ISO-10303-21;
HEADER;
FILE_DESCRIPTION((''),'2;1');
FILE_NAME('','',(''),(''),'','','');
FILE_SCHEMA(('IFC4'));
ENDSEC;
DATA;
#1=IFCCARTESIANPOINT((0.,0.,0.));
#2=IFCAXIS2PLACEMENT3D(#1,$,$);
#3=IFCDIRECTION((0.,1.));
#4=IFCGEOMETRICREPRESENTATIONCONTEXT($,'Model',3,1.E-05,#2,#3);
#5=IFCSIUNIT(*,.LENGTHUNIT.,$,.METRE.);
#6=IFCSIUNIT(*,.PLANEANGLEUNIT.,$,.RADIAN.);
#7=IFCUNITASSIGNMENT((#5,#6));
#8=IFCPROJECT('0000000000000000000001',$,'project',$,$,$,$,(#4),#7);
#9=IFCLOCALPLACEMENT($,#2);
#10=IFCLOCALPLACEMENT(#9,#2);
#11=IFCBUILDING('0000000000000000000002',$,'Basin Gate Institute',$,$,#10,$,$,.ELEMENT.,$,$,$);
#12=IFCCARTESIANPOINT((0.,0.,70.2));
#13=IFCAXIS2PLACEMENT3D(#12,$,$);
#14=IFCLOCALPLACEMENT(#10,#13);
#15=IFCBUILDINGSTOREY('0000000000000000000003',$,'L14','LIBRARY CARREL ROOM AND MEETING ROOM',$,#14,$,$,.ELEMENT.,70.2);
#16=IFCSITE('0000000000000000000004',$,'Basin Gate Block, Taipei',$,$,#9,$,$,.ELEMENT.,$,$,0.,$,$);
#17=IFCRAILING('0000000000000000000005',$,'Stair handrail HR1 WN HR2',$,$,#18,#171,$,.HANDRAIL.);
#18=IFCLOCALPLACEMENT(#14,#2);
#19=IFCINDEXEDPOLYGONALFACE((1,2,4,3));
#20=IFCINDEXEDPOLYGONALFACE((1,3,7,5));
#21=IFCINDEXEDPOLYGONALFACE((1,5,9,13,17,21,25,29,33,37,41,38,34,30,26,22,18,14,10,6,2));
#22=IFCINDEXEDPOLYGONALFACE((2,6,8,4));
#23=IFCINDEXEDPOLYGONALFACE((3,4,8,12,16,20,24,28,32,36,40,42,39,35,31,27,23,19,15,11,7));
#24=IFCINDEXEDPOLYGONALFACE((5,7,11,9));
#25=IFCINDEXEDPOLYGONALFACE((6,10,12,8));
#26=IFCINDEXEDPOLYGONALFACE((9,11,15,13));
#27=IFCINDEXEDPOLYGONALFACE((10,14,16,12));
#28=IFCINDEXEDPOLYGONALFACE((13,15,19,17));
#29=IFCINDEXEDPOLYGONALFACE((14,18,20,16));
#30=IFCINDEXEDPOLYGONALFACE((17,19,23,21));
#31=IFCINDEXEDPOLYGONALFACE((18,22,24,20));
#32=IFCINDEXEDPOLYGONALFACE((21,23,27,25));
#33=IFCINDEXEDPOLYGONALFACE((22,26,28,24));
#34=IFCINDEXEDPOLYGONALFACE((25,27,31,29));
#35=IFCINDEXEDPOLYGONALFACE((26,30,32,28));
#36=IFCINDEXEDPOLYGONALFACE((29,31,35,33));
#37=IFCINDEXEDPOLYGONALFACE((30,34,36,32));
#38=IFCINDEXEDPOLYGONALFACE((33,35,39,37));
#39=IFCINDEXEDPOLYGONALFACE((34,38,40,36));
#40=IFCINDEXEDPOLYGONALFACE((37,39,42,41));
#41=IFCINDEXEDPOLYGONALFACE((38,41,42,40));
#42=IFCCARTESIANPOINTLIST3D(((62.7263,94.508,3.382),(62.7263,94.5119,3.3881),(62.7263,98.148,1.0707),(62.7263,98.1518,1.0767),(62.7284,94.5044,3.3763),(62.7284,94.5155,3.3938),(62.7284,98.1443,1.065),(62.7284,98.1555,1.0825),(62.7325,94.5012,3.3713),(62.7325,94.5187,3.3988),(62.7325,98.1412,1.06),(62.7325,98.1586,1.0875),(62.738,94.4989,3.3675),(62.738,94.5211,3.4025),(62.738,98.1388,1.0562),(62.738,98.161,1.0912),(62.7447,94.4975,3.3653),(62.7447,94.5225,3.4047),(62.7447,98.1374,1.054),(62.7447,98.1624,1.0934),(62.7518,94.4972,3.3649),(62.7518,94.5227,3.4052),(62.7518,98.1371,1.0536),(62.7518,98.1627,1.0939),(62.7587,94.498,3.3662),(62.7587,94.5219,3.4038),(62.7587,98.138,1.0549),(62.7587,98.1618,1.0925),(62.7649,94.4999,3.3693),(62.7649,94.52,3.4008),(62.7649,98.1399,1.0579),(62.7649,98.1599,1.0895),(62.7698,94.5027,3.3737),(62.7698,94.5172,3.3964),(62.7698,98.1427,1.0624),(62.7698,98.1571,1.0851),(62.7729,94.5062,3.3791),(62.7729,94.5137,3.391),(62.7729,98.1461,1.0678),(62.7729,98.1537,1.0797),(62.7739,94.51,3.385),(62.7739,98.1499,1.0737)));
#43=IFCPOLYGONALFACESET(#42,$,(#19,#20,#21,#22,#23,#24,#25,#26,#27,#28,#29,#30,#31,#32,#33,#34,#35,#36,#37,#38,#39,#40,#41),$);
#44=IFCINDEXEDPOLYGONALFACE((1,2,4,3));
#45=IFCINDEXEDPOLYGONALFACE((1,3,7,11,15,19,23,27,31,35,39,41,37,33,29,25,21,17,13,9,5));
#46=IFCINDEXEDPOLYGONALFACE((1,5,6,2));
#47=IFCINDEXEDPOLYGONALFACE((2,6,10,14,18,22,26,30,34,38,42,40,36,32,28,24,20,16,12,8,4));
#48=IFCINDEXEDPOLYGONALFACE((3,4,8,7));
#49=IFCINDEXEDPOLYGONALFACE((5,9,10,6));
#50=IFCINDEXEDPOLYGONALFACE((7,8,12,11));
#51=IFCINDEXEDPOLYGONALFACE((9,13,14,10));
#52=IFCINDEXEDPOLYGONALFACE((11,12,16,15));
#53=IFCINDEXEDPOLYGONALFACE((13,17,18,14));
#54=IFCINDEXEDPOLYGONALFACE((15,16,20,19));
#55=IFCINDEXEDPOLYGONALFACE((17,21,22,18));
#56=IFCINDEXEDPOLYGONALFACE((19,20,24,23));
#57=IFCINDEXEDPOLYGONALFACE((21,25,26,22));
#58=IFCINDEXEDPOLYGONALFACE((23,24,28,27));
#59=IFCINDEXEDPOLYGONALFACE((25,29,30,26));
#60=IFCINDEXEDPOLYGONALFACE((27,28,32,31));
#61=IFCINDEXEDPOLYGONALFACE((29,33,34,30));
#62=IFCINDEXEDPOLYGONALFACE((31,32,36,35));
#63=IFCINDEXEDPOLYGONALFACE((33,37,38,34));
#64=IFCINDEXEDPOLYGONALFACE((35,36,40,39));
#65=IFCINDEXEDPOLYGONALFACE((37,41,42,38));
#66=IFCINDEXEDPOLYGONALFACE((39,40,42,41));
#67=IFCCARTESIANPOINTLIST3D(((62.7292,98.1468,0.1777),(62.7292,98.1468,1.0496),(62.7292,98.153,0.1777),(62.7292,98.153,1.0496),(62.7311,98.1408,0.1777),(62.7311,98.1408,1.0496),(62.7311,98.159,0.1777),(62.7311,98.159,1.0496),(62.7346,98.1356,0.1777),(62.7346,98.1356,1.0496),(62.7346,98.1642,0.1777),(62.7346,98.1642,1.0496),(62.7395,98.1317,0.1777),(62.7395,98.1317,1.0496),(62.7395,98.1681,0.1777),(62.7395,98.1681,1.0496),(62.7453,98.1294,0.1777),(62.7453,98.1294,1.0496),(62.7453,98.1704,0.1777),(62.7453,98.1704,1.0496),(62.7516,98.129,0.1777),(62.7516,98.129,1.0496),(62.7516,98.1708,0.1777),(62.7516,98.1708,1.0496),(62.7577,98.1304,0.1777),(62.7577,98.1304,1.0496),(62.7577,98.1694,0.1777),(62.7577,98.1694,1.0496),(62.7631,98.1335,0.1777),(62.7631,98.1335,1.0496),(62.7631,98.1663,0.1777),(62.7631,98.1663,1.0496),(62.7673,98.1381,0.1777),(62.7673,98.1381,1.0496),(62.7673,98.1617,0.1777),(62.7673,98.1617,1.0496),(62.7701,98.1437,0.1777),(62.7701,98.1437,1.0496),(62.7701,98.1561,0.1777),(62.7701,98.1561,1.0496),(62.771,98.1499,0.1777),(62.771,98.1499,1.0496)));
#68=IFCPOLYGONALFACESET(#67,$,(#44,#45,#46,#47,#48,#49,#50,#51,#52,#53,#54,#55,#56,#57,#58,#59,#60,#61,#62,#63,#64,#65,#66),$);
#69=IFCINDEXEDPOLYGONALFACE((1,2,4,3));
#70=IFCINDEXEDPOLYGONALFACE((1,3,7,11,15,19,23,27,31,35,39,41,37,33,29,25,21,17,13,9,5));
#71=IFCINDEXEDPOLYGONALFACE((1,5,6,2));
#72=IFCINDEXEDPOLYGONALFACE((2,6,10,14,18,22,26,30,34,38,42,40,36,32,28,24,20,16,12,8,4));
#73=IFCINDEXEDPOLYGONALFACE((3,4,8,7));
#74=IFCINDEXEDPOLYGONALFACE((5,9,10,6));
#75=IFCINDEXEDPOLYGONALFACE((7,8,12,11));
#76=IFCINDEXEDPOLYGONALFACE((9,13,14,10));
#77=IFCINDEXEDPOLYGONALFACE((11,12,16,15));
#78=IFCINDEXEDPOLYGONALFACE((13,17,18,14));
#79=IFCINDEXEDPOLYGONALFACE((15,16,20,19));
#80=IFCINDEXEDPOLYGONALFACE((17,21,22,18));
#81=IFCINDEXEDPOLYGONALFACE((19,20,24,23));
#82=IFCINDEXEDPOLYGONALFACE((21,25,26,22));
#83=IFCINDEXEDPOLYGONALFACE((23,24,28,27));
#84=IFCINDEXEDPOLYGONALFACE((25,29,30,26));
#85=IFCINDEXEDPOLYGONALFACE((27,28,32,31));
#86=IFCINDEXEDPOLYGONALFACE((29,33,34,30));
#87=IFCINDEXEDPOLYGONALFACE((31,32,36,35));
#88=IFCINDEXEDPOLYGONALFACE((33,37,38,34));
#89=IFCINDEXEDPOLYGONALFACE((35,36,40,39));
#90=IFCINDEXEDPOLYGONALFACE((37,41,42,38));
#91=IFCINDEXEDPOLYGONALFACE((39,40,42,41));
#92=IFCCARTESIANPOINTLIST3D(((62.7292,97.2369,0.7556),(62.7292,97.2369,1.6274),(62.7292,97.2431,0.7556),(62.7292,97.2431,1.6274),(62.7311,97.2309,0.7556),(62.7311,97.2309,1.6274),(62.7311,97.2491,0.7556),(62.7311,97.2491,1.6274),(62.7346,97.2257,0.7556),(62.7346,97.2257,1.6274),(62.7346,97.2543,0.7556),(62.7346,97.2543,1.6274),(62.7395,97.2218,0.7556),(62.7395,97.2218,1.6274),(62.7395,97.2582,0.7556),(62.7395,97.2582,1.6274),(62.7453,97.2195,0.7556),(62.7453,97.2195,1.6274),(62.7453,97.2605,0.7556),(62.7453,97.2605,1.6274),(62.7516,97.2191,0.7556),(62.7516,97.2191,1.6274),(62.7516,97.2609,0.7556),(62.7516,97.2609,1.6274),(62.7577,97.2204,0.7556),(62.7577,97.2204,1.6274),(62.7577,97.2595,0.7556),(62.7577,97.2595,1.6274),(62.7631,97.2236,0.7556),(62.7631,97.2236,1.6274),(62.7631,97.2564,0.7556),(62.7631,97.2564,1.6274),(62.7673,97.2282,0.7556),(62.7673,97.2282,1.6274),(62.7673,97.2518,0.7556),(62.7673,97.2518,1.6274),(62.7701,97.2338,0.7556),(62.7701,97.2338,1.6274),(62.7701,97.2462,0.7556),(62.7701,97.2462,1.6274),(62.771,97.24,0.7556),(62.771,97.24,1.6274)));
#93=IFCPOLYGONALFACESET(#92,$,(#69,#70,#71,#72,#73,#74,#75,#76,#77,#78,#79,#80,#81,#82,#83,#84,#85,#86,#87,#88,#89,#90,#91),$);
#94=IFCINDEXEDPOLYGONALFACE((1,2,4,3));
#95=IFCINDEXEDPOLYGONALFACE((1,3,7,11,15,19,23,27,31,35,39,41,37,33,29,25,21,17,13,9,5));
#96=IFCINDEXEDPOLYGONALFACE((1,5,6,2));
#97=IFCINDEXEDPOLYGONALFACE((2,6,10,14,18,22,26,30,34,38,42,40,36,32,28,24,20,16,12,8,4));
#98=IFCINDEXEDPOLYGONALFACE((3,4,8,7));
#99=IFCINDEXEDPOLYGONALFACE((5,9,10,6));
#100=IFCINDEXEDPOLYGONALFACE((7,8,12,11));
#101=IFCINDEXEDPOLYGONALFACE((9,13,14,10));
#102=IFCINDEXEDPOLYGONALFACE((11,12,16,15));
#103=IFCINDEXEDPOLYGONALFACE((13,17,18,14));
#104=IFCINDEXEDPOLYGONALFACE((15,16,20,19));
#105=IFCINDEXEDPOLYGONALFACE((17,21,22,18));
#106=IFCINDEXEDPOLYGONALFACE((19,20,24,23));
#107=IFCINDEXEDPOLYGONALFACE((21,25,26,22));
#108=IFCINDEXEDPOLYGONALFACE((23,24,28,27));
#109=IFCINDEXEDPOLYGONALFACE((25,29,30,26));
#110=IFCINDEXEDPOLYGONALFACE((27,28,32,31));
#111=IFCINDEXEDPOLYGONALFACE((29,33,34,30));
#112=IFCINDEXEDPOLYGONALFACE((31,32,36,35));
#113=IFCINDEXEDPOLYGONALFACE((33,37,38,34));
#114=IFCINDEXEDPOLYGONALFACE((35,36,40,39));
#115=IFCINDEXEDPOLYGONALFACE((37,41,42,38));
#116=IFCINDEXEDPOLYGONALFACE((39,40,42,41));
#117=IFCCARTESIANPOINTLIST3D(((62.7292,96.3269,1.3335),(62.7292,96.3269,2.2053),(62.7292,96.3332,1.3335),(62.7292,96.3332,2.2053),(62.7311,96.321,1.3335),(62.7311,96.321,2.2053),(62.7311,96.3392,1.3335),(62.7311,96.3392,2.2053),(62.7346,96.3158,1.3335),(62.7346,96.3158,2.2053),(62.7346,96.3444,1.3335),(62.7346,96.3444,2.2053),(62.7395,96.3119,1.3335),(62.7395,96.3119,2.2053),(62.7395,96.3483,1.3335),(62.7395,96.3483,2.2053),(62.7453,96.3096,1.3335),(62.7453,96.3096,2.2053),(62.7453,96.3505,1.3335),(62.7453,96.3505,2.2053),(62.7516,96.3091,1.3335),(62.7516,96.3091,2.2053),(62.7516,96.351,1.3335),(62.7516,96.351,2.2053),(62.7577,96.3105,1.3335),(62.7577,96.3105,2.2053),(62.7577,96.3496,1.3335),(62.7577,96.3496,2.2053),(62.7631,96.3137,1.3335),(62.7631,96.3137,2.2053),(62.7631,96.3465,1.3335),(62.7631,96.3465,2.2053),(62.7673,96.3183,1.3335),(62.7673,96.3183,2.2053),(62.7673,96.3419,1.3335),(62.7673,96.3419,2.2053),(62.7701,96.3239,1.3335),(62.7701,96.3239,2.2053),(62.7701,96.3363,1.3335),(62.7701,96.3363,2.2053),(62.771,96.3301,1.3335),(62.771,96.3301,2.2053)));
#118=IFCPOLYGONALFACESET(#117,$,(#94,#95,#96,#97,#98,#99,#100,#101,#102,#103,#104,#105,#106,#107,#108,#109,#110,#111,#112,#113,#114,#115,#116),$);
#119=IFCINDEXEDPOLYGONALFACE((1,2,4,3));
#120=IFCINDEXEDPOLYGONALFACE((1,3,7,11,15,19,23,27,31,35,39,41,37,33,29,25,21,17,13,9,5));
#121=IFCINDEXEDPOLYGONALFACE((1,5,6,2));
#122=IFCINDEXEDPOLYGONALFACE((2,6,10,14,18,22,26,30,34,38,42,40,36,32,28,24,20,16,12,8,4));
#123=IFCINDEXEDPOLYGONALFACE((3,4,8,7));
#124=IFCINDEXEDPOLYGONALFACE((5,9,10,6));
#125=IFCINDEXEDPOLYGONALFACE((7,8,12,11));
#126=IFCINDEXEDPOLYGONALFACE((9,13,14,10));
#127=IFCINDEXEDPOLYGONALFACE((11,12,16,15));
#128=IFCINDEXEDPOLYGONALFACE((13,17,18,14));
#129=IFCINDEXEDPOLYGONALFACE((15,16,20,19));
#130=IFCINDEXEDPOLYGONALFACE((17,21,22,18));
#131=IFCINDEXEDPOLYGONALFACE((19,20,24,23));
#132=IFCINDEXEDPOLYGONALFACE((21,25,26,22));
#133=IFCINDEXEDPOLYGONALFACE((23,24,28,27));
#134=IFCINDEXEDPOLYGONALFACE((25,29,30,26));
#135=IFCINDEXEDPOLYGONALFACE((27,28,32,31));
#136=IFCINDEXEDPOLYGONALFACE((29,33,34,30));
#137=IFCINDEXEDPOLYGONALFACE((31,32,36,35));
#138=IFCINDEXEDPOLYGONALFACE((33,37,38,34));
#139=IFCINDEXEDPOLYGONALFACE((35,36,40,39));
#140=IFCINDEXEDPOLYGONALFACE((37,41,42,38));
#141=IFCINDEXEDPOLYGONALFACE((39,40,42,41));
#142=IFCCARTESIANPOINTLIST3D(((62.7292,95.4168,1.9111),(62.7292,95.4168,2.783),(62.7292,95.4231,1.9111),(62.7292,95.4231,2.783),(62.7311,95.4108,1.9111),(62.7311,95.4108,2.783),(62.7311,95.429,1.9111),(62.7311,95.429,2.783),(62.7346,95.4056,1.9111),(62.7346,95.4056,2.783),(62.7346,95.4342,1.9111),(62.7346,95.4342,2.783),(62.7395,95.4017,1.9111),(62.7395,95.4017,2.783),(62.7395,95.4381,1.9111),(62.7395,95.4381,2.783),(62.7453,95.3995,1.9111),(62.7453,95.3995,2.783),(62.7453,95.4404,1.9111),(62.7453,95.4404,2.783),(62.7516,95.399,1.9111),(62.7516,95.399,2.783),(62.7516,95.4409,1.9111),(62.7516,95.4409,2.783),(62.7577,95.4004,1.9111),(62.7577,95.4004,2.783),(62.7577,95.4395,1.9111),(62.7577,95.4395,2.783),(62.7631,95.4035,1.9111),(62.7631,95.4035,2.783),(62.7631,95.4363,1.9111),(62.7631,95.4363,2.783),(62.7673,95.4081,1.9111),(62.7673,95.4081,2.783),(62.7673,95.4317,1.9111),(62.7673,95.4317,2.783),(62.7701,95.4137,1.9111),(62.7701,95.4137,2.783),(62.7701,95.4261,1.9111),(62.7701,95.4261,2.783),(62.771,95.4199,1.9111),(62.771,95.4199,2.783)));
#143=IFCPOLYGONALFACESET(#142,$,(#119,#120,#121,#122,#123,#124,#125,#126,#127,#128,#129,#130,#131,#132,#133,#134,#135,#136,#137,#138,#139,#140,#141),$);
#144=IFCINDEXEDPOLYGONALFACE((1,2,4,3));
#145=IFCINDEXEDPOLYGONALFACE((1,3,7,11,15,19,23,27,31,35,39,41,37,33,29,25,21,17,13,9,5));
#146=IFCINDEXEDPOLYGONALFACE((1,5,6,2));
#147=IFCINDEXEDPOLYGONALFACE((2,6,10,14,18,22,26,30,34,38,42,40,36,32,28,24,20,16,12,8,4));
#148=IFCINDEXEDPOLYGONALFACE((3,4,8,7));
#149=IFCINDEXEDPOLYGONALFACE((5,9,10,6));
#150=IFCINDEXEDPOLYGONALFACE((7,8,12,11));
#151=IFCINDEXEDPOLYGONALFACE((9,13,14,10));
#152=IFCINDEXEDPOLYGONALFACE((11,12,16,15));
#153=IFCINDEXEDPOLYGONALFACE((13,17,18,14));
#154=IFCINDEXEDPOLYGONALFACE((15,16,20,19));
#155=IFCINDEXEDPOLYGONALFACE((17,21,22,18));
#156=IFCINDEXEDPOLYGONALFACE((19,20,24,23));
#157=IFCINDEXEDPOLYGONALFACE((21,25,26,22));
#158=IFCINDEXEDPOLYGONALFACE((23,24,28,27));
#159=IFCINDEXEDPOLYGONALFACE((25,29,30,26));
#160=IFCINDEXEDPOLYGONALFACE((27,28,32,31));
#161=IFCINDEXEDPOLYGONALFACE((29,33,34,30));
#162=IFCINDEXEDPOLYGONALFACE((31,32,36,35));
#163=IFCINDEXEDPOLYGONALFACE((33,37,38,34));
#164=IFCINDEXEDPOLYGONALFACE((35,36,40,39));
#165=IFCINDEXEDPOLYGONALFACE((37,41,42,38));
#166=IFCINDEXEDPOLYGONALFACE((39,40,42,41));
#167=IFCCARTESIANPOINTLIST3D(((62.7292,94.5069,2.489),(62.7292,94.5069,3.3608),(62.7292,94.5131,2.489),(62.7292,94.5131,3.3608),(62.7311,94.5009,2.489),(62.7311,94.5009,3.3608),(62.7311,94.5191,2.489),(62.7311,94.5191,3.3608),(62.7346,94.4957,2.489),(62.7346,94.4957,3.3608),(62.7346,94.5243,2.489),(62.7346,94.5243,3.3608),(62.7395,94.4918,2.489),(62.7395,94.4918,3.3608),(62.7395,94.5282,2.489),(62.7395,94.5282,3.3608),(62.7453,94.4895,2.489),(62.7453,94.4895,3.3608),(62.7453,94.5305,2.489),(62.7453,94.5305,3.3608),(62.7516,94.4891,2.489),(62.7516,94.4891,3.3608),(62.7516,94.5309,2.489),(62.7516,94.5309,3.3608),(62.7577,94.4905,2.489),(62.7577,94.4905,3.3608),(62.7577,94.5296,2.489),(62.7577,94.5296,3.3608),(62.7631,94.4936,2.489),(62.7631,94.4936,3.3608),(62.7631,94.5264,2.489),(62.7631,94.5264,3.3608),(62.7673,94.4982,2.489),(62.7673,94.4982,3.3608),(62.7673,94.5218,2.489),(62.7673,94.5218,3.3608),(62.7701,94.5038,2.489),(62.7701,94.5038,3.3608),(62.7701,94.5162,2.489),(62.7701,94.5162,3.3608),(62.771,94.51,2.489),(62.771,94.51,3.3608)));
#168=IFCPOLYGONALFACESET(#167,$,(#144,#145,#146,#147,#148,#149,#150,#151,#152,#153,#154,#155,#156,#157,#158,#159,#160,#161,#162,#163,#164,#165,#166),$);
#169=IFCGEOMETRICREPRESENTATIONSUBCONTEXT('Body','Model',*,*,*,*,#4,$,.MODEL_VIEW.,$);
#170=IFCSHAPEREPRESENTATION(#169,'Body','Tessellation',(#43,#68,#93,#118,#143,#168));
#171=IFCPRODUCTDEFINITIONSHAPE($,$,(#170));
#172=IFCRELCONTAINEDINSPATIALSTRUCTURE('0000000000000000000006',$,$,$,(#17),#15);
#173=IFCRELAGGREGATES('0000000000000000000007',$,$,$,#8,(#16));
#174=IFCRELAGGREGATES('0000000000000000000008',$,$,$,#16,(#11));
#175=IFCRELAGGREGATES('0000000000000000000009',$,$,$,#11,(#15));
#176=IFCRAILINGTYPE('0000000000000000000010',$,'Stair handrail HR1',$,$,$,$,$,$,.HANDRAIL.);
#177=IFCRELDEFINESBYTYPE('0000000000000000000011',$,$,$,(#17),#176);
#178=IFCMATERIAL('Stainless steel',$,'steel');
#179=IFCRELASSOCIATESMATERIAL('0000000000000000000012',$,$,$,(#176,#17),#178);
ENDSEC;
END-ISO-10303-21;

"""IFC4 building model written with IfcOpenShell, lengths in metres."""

from ifc_helpers import new_model, si_unit, direction, frame, origin, origin_2d, place, context, subcontext, project, spatial, circle, extrude, material, type_object, element, save


model = new_model("IFC4")

# Units and contexts
model_context = context("Model", 3, precision=1e-05, world=origin(), true_north=direction((0.0, 1.0)))
body_context = subcontext(model_context, "Body", "Model", "MODEL_VIEW")
ifc_project = project(units=[si_unit("LENGTHUNIT", "METRE"), si_unit("PLANEANGLEUNIT", "RADIAN")], contexts=[model_context])

# Site, building, storey
site_placement = place(None, origin())
site = spatial("IfcSite", under=ifc_project, at=site_placement, Name="Basin Gate Block, Taipei", CompositionType="ELEMENT", RefElevation=0.0)
building_placement = place(site_placement, origin())
building = spatial("IfcBuilding", under=site, at=building_placement, Name="Basin Gate Institute", CompositionType="ELEMENT")
storey_placement = place(building_placement, frame((0.0, 0.0, 70.2)))
storey = spatial("IfcBuildingStorey", under=building, at=storey_placement, Name="L14", Description="LIBRARY CARREL ROOM AND MEETING ROOM", CompositionType="ELEMENT", Elevation=70.2)

# Railing
ifc_material_1 = material(Name="Stainless steel", Category="steel")
railing_type_1 = type_object("IfcRailingType", Name="Stair handrail HR1", PredefinedType="HANDRAIL", material=ifc_material_1)
for number, where, name in (
    (1, (62.75, 98.1499, 0.1777), "Stair handrail HR1 WN HR2"),
):
    element("IfcRailing", number, at=place(storey_placement, frame(where)), inside=storey, type_object=railing_type_1, material=ifc_material_1, Name=name, PredefinedType="HANDRAIL", context=body_context, shape_type="SweptSolid", body=[
        extrude(circle(Radius=0.0239, at=origin_2d()), frame((0.0, 0.0, 0.896), z_axis=(0.0, -0.844188, 0.536047), x_axis=(1.0, 0.0, 0.0)), (0.0, 0.0, 1.0), 4.3118),
        extrude(circle(Radius=0.021, at=origin_2d()), origin(), (0.0, 0.0, 1.0), 0.8718),
        extrude(circle(Radius=0.021, at=origin_2d()), frame((0.0, -0.9099, 0.5779)), (0.0, 0.0, 1.0), 0.8718),
        extrude(circle(Radius=0.021, at=origin_2d()), frame((0.0, -1.8198, 1.1558)), (0.0, 0.0, 1.0), 0.8718),
        extrude(circle(Radius=0.021, at=origin_2d()), frame((0.0, -2.73, 1.7334)), (0.0, 0.0, 1.0), 0.8718),
        extrude(circle(Radius=0.021, at=origin_2d()), frame((0.0, -3.6399, 2.3113)), (0.0, 0.0, 1.0), 0.8718),
    ])

save(model, "model.ifc")
